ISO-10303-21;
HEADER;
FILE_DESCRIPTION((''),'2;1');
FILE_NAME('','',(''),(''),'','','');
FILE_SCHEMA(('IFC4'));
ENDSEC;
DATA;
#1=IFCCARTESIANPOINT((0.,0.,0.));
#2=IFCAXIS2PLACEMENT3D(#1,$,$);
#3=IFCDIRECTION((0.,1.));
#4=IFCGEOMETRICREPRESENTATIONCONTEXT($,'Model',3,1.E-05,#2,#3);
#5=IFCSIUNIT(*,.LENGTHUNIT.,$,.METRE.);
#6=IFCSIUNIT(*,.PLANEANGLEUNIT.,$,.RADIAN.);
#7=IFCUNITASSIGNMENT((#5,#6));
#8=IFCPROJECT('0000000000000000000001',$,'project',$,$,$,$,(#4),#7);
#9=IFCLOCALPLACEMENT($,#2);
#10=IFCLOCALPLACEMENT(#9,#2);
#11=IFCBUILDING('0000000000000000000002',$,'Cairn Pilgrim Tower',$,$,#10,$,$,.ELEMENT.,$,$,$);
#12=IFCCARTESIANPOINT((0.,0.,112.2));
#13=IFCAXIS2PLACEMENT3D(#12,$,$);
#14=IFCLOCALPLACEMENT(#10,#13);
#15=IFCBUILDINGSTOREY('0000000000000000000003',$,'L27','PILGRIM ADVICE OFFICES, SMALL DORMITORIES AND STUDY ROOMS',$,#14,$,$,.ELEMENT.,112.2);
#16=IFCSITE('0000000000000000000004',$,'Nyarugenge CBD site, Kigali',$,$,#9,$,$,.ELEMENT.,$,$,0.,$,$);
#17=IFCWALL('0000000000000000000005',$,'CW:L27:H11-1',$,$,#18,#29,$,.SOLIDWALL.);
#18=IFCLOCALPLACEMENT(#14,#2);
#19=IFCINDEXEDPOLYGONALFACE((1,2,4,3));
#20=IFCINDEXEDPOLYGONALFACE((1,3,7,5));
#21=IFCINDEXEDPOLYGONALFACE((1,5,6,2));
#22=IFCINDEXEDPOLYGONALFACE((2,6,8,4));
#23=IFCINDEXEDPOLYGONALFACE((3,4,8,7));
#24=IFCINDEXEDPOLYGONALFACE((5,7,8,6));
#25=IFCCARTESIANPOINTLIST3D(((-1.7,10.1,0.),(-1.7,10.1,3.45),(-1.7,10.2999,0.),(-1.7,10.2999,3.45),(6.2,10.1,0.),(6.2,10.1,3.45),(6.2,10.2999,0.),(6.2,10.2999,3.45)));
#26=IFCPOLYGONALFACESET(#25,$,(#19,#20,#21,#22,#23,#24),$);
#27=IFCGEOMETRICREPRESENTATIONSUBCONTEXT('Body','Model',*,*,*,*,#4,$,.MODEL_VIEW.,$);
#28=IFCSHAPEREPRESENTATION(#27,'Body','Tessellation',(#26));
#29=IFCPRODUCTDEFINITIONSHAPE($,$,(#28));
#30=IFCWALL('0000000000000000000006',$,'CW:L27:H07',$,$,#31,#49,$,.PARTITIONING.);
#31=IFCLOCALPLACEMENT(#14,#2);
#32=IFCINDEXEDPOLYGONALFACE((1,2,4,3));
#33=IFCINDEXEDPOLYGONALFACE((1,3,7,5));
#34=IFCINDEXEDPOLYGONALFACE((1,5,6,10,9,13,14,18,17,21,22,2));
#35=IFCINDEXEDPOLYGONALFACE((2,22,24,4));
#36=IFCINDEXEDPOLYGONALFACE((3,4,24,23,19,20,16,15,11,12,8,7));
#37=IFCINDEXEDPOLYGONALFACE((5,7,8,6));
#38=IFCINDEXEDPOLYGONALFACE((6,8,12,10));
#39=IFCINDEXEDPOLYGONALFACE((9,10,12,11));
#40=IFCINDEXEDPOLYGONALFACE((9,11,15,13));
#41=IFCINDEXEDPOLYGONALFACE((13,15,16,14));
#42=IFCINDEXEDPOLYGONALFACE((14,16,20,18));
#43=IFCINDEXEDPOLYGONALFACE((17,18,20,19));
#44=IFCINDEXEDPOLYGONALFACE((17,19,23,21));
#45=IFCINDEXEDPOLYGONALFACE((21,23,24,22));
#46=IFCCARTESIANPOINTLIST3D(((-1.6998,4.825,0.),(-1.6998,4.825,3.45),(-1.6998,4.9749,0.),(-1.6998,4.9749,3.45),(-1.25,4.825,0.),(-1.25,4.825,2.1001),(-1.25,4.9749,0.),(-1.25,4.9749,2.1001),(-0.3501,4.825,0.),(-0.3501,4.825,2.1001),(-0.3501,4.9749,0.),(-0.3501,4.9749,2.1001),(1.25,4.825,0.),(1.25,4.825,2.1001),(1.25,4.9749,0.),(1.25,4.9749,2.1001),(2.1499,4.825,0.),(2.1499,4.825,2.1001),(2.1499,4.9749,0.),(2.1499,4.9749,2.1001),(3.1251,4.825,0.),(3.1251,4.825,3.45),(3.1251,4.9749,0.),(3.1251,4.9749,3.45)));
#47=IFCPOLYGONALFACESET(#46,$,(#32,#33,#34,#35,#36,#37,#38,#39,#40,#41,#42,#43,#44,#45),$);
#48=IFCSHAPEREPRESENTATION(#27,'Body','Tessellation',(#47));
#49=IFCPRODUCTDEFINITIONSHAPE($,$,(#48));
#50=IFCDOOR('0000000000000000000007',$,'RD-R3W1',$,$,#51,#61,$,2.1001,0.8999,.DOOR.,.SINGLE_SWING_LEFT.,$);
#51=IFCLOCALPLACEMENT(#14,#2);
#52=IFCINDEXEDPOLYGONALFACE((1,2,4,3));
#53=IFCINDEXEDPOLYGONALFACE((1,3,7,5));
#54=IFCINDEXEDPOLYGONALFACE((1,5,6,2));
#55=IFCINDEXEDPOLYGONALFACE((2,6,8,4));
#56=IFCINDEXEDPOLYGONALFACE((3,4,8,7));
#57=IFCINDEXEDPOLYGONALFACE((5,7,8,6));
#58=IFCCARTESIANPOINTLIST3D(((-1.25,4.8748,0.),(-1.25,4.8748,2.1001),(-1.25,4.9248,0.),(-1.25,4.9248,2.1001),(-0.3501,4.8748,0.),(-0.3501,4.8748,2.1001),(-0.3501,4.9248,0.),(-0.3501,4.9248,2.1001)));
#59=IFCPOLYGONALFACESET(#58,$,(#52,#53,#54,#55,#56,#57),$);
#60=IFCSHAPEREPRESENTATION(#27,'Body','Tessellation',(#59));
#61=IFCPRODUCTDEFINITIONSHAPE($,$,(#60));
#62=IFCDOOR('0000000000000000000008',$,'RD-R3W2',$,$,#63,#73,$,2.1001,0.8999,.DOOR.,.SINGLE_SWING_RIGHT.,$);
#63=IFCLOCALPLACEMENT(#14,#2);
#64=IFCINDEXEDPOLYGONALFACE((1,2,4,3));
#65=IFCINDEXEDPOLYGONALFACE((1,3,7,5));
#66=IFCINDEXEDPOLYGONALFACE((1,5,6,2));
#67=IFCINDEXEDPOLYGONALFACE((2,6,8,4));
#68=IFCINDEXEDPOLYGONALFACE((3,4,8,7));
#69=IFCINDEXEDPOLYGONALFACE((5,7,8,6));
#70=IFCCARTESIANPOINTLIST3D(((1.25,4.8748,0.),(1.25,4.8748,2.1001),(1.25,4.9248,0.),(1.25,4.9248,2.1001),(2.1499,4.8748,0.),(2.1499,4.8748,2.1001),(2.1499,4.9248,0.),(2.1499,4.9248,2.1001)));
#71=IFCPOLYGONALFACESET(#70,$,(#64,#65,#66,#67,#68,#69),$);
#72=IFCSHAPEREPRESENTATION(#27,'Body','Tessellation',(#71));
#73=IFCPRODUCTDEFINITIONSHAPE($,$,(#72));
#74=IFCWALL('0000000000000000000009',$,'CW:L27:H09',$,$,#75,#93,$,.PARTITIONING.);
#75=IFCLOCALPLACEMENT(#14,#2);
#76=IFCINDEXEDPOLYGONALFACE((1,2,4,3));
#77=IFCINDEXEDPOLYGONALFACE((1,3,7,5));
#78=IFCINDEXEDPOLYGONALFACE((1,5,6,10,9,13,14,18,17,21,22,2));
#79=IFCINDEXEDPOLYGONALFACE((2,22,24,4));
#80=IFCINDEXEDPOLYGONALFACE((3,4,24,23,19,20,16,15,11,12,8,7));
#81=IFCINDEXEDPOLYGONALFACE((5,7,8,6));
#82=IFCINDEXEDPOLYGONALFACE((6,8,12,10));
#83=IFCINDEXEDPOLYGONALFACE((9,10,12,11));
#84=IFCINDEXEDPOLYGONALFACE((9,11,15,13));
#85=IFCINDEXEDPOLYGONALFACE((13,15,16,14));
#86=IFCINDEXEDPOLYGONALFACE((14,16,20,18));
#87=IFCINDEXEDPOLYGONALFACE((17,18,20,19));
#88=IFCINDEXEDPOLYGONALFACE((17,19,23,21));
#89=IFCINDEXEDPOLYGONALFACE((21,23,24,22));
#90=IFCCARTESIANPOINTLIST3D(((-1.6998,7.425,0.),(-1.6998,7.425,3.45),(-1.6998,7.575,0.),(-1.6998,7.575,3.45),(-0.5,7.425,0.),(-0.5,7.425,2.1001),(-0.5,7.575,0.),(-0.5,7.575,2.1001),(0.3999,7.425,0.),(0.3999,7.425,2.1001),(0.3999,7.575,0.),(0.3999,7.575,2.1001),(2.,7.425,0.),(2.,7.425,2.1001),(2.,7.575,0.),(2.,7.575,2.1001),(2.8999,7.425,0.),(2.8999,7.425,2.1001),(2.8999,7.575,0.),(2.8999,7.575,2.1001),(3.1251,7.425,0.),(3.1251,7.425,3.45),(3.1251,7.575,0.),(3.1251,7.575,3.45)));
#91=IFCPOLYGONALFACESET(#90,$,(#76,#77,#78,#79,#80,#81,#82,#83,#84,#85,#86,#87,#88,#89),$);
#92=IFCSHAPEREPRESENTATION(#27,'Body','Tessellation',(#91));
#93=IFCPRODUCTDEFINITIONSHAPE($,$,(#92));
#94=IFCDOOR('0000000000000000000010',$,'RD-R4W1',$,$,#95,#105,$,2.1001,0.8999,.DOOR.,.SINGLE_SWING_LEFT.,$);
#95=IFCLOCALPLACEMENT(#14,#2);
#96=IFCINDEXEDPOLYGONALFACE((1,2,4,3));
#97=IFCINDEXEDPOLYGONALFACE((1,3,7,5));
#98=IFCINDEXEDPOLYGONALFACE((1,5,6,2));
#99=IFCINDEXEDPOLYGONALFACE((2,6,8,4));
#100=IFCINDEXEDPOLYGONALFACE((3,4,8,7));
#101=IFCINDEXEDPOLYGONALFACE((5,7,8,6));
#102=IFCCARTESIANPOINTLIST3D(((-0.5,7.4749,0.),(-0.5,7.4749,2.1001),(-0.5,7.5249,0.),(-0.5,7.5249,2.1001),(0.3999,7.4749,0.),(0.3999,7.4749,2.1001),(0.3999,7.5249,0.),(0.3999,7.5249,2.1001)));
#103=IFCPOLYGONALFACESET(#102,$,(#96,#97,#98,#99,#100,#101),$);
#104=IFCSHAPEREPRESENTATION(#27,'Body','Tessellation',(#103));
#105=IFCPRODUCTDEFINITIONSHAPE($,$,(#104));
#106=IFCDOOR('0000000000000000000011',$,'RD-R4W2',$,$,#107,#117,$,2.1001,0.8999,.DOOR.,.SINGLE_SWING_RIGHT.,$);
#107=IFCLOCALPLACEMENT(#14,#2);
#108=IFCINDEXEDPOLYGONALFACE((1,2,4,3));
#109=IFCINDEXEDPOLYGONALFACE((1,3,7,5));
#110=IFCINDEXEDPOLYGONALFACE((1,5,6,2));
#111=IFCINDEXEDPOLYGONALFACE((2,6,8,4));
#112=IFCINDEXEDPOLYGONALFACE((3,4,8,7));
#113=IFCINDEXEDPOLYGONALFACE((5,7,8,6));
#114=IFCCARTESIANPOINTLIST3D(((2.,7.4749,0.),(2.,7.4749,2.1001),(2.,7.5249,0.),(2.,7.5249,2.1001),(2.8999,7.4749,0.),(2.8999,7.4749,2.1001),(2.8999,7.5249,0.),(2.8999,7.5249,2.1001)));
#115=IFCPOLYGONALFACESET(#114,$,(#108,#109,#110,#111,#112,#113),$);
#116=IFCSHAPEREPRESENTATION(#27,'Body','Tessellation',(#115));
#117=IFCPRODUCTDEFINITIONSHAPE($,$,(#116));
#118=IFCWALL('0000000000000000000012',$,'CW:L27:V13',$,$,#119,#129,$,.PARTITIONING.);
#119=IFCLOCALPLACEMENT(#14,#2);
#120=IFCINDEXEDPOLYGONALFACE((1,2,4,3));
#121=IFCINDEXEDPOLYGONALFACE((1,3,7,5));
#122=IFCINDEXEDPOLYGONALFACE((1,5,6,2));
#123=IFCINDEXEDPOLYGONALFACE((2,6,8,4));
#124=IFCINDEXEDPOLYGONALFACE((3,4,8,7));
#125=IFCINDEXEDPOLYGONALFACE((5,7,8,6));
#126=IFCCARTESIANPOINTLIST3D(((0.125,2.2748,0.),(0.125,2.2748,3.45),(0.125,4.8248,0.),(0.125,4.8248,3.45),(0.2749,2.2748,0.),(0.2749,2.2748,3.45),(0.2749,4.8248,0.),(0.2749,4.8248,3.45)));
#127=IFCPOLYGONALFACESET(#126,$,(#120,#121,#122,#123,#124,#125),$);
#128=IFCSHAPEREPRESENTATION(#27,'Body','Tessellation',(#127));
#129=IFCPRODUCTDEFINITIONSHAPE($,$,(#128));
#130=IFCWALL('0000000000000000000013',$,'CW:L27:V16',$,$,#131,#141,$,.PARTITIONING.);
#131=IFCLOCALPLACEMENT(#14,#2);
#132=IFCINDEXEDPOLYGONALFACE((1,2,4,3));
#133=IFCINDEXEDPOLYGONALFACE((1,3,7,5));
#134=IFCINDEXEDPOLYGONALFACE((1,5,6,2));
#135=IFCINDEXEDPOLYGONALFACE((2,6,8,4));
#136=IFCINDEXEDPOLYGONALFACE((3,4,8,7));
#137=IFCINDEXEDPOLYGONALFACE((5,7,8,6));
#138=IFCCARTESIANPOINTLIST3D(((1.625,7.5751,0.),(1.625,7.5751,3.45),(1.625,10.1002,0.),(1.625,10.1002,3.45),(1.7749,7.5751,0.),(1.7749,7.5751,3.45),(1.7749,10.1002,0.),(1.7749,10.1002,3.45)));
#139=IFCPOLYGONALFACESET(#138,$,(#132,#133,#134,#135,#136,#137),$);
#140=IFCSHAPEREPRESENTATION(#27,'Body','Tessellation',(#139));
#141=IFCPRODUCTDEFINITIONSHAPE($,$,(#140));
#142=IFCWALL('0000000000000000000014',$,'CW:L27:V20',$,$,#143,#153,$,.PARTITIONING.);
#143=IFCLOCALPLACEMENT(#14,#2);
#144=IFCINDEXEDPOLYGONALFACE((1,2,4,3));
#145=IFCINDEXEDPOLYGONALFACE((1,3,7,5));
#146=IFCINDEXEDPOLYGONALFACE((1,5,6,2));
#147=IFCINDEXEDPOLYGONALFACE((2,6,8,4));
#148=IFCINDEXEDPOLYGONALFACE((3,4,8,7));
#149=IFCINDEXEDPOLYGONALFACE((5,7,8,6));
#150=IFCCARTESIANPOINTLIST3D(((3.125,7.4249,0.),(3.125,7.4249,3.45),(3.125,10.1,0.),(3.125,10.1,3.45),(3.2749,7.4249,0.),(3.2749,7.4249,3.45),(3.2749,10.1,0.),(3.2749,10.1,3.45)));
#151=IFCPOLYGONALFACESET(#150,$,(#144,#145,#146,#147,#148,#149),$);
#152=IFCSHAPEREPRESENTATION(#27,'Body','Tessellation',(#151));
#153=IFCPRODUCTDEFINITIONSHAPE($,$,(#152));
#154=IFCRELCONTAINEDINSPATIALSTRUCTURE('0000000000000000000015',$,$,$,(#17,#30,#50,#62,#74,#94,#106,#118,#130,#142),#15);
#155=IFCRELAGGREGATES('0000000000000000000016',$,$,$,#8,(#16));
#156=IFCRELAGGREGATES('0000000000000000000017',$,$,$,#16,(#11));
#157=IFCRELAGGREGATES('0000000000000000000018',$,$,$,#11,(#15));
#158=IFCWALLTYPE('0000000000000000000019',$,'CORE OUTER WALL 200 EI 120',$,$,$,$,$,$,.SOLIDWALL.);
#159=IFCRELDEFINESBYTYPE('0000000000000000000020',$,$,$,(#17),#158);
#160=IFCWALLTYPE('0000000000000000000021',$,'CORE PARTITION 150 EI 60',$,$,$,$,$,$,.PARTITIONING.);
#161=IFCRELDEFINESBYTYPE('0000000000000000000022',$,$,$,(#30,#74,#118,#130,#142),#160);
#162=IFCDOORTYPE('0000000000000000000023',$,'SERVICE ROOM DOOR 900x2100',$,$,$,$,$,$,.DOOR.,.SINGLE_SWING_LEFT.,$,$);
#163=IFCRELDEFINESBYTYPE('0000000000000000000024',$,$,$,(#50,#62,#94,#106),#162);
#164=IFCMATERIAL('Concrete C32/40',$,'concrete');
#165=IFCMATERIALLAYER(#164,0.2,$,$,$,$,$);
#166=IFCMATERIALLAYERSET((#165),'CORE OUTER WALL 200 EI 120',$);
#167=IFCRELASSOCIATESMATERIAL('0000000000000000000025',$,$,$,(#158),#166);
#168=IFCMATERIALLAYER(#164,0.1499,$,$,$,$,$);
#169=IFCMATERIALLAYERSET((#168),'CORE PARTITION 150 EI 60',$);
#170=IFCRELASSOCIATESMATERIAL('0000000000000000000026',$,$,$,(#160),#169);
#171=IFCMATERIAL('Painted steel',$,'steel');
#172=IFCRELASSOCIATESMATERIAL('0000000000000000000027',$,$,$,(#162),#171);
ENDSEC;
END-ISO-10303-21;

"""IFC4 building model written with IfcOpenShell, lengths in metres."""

from ifc_helpers import new_model, si_unit, direction, frame, frame_2d, origin, place, context, subcontext, project, spatial, rectangle, extrude, material, layer, layer_set, type_object, element, fill, save


model = new_model("IFC4")

# Units and contexts
model_context = context("Model", 3, precision=1e-05, world=origin(), true_north=direction((0.0, 1.0)))
body_context = subcontext(model_context, "Body", "Model", "MODEL_VIEW")
ifc_project = project(units=[si_unit("LENGTHUNIT", "METRE"), si_unit("PLANEANGLEUNIT", "RADIAN")], contexts=[model_context])

# Site, building, storey
site_placement = place(None, origin())
site = spatial("IfcSite", under=ifc_project, at=site_placement, Name="Nyarugenge CBD site, Kigali", CompositionType="ELEMENT", RefElevation=0.0)
building_placement = place(site_placement, origin())
building = spatial("IfcBuilding", under=site, at=building_placement, Name="Cairn Pilgrim Tower", CompositionType="ELEMENT")
storey_placement = place(building_placement, frame((0.0, 0.0, 112.2)))
storey = spatial("IfcBuildingStorey", under=building, at=storey_placement, Name="L27", Description="PILGRIM ADVICE OFFICES, SMALL DORMITORIES AND STUDY ROOMS", CompositionType="ELEMENT", Elevation=112.2)

# Wall
ifc_material_1 = material(Name="Concrete C32/40", Category="concrete")
ifc_layer_1 = layer(ifc_material_1, 0.2)
ifc_layer_set_1 = layer_set([ifc_layer_1], Name="CORE OUTER WALL 200 EI 120")
wall_type_1 = type_object("IfcWallType", Name="CORE OUTER WALL 200 EI 120", PredefinedType="SOLIDWALL", material=ifc_layer_set_1)
wall_1_placement = place(storey_placement, frame((-1.7, 10.2, 0.0), z_axis=(0.0, 0.0, 1.0), x_axis=(1.0, 0.0, 0.0)))
element("IfcWall", 1, at=wall_1_placement, inside=storey, type_object=wall_type_1, Name="CW:L27:H11-1", PredefinedType="SOLIDWALL", context=body_context, shape_type="SweptSolid", body=[
    extrude(rectangle(XDim=7.8999, YDim=0.2, at=frame_2d((3.95, 0.0))), origin(), (0.0, 0.0, 1.0), 3.45),
])

# Walls, openings, doors
ifc_layer_2 = layer(ifc_material_1, 0.1499)
ifc_layer_set_2 = layer_set([ifc_layer_2], Name="CORE PARTITION 150 EI 60")
wall_type_2 = type_object("IfcWallType", Name="CORE PARTITION 150 EI 60", PredefinedType="PARTITIONING", material=ifc_layer_set_2)
wall_2_placement = place(storey_placement, frame((-1.7, 4.8999, 0.0), z_axis=(0.0, 0.0, 1.0), x_axis=(1.0, 0.0, 0.0)))
wall_2 = element("IfcWall", 2, at=wall_2_placement, inside=storey, type_object=wall_type_2, Name="CW:L27:H07", PredefinedType="PARTITIONING", context=body_context, shape_type="SweptSolid", body=[
    extrude(rectangle(XDim=4.825, YDim=0.1499, at=frame_2d((2.4126, 0.0))), origin(), (0.0, 0.0, 1.0), 3.45),
])
opening_1_placement = place(wall_2_placement, frame((0.45, 0.0, 0.0)))
opening_1 = element("IfcOpeningElement", 3, at=opening_1_placement, cuts=wall_2, PredefinedType="OPENING", context=body_context, shape_type="SweptSolid", body=[
    extrude(rectangle(XDim=0.8999, YDim=2.1001, at=frame_2d((0.45, 1.05))), frame((0.0, 0.085, 0.0), z_axis=(0.0, -1.0, 0.0), x_axis=(1.0, 0.0, 0.0)), (0.0, 0.0, 1.0), 0.1699),
])
opening_2_placement = place(wall_2_placement, frame((2.95, 0.0, 0.0)))
opening_2 = element("IfcOpeningElement", 4, at=opening_2_placement, cuts=wall_2, PredefinedType="OPENING", context=body_context, shape_type="SweptSolid", body=[
    extrude(rectangle(XDim=0.8999, YDim=2.1001, at=frame_2d((0.45, 1.05))), frame((0.0, 0.085, 0.0), z_axis=(0.0, -1.0, 0.0), x_axis=(1.0, 0.0, 0.0)), (0.0, 0.0, 1.0), 0.1699),
])
ifc_material_2 = material(Name="Painted steel", Category="steel")
door_type_1 = type_object("IfcDoorType", Name="SERVICE ROOM DOOR 900x2100", OperationType="SINGLE_SWING_LEFT", PredefinedType="DOOR", material=ifc_material_2)
door_1_placement = place(opening_1_placement, origin())
door_1 = element("IfcDoor", 5, at=door_1_placement, inside=storey, type_object=door_type_1, Name="RD-R3W1", OperationType="SINGLE_SWING_LEFT", OverallHeight=2.1001, OverallWidth=0.8999, PredefinedType="DOOR", context=body_context, shape_type="SweptSolid", body=[
    extrude(rectangle(XDim=0.8999, YDim=2.1001, at=frame_2d((0.45, 1.05))), frame((0.0, 0.0249, 0.0), z_axis=(0.0, -1.0, 0.0), x_axis=(1.0, 0.0, 0.0)), (0.0, 0.0, 1.0), 0.05),
])
fill(opening_1, door_1)
door_2_placement = place(opening_2_placement, origin())
door_2 = element("IfcDoor", 6, at=door_2_placement, inside=storey, type_object=door_type_1, Name="RD-R3W2", OperationType="SINGLE_SWING_RIGHT", OverallHeight=2.1001, OverallWidth=0.8999, PredefinedType="DOOR", context=body_context, shape_type="SweptSolid", body=[
    extrude(rectangle(XDim=0.8999, YDim=2.1001, at=frame_2d((0.45, 1.05))), frame((0.0, 0.0249, 0.0), z_axis=(0.0, -1.0, 0.0), x_axis=(1.0, 0.0, 0.0)), (0.0, 0.0, 1.0), 0.05),
])
fill(opening_2, door_2)
wall_3_placement = place(storey_placement, frame((-1.7, 7.5, 0.0), z_axis=(0.0, 0.0, 1.0), x_axis=(1.0, 0.0, 0.0)))
wall_3 = element("IfcWall", 7, at=wall_3_placement, inside=storey, type_object=wall_type_2, Name="CW:L27:H09", PredefinedType="PARTITIONING", context=body_context, shape_type="SweptSolid", body=[
    extrude(rectangle(XDim=4.825, YDim=0.1499, at=frame_2d((2.4126, 0.0))), origin(), (0.0, 0.0, 1.0), 3.45),
])
opening_3_placement = place(wall_3_placement, frame((1.2, 0.0, 0.0)))
opening_3 = element("IfcOpeningElement", 8, at=opening_3_placement, cuts=wall_3, PredefinedType="OPENING", context=body_context, shape_type="SweptSolid", body=[
    extrude(rectangle(XDim=0.8999, YDim=2.1001, at=frame_2d((0.45, 1.05))), frame((0.0, 0.085, 0.0), z_axis=(0.0, -1.0, 0.0), x_axis=(1.0, 0.0, 0.0)), (0.0, 0.0, 1.0), 0.1699),
])
opening_4_placement = place(wall_3_placement, frame((3.7, 0.0, 0.0)))
opening_4 = element("IfcOpeningElement", 9, at=opening_4_placement, cuts=wall_3, PredefinedType="OPENING", context=body_context, shape_type="SweptSolid", body=[
    extrude(rectangle(XDim=0.8999, YDim=2.1001, at=frame_2d((0.45, 1.05))), frame((0.0, 0.085, 0.0), z_axis=(0.0, -1.0, 0.0), x_axis=(1.0, 0.0, 0.0)), (0.0, 0.0, 1.0), 0.1699),
])
door_3_placement = place(opening_3_placement, origin())
door_3 = element("IfcDoor", 10, at=door_3_placement, inside=storey, type_object=door_type_1, Name="RD-R4W1", OperationType="SINGLE_SWING_LEFT", OverallHeight=2.1001, OverallWidth=0.8999, PredefinedType="DOOR", context=body_context, shape_type="SweptSolid", body=[
    extrude(rectangle(XDim=0.8999, YDim=2.1001, at=frame_2d((0.45, 1.05))), frame((0.0, 0.0249, 0.0), z_axis=(0.0, -1.0, 0.0), x_axis=(1.0, 0.0, 0.0)), (0.0, 0.0, 1.0), 0.05),
])
fill(opening_3, door_3)
door_4_placement = place(opening_4_placement, origin())
door_4 = element("IfcDoor", 11, at=door_4_placement, inside=storey, type_object=door_type_1, Name="RD-R4W2", OperationType="SINGLE_SWING_RIGHT", OverallHeight=2.1001, OverallWidth=0.8999, PredefinedType="DOOR", context=body_context, shape_type="SweptSolid", body=[
    extrude(rectangle(XDim=0.8999, YDim=2.1001, at=frame_2d((0.45, 1.05))), frame((0.0, 0.0249, 0.0), z_axis=(0.0, -1.0, 0.0), x_axis=(1.0, 0.0, 0.0)), (0.0, 0.0, 1.0), 0.05),
])
fill(opening_4, door_4)

# Walls
wall_4_placement = place(storey_placement, frame((0.2, 2.2749, 0.0), z_axis=(0.0, 0.0, 1.0), x_axis=(0.0, 1.0, 0.0)))
element("IfcWall", 12, at=wall_4_placement, inside=storey, type_object=wall_type_2, Name="CW:L27:V13", PredefinedType="PARTITIONING", context=body_context, shape_type="SweptSolid", body=[
    extrude(rectangle(XDim=2.55, YDim=0.1499, at=frame_2d((1.2749, 0.0))), origin(), (0.0, 0.0, 1.0), 3.45),
])
wall_5_placement = place(storey_placement, frame((1.7, 7.575, 0.0), z_axis=(0.0, 0.0, 1.0), x_axis=(0.0, 1.0, 0.0)))
element("IfcWall", 13, at=wall_5_placement, inside=storey, type_object=wall_type_2, Name="CW:L27:V16", PredefinedType="PARTITIONING", context=body_context, shape_type="SweptSolid", body=[
    extrude(rectangle(XDim=2.5251, YDim=0.1499, at=frame_2d((1.2627, 0.0))), origin(), (0.0, 0.0, 1.0), 3.45),
])
wall_6_placement = place(storey_placement, frame((3.2, 7.425, 0.0), z_axis=(0.0, 0.0, 1.0), x_axis=(0.0, 1.0, 0.0)))
element("IfcWall", 14, at=wall_6_placement, inside=storey, type_object=wall_type_2, Name="CW:L27:V20", PredefinedType="PARTITIONING", context=body_context, shape_type="SweptSolid", body=[
    extrude(rectangle(XDim=2.675, YDim=0.1499, at=frame_2d((1.3374, 0.0))), origin(), (0.0, 0.0, 1.0), 3.45),
])

save(model, "model.ifc")
